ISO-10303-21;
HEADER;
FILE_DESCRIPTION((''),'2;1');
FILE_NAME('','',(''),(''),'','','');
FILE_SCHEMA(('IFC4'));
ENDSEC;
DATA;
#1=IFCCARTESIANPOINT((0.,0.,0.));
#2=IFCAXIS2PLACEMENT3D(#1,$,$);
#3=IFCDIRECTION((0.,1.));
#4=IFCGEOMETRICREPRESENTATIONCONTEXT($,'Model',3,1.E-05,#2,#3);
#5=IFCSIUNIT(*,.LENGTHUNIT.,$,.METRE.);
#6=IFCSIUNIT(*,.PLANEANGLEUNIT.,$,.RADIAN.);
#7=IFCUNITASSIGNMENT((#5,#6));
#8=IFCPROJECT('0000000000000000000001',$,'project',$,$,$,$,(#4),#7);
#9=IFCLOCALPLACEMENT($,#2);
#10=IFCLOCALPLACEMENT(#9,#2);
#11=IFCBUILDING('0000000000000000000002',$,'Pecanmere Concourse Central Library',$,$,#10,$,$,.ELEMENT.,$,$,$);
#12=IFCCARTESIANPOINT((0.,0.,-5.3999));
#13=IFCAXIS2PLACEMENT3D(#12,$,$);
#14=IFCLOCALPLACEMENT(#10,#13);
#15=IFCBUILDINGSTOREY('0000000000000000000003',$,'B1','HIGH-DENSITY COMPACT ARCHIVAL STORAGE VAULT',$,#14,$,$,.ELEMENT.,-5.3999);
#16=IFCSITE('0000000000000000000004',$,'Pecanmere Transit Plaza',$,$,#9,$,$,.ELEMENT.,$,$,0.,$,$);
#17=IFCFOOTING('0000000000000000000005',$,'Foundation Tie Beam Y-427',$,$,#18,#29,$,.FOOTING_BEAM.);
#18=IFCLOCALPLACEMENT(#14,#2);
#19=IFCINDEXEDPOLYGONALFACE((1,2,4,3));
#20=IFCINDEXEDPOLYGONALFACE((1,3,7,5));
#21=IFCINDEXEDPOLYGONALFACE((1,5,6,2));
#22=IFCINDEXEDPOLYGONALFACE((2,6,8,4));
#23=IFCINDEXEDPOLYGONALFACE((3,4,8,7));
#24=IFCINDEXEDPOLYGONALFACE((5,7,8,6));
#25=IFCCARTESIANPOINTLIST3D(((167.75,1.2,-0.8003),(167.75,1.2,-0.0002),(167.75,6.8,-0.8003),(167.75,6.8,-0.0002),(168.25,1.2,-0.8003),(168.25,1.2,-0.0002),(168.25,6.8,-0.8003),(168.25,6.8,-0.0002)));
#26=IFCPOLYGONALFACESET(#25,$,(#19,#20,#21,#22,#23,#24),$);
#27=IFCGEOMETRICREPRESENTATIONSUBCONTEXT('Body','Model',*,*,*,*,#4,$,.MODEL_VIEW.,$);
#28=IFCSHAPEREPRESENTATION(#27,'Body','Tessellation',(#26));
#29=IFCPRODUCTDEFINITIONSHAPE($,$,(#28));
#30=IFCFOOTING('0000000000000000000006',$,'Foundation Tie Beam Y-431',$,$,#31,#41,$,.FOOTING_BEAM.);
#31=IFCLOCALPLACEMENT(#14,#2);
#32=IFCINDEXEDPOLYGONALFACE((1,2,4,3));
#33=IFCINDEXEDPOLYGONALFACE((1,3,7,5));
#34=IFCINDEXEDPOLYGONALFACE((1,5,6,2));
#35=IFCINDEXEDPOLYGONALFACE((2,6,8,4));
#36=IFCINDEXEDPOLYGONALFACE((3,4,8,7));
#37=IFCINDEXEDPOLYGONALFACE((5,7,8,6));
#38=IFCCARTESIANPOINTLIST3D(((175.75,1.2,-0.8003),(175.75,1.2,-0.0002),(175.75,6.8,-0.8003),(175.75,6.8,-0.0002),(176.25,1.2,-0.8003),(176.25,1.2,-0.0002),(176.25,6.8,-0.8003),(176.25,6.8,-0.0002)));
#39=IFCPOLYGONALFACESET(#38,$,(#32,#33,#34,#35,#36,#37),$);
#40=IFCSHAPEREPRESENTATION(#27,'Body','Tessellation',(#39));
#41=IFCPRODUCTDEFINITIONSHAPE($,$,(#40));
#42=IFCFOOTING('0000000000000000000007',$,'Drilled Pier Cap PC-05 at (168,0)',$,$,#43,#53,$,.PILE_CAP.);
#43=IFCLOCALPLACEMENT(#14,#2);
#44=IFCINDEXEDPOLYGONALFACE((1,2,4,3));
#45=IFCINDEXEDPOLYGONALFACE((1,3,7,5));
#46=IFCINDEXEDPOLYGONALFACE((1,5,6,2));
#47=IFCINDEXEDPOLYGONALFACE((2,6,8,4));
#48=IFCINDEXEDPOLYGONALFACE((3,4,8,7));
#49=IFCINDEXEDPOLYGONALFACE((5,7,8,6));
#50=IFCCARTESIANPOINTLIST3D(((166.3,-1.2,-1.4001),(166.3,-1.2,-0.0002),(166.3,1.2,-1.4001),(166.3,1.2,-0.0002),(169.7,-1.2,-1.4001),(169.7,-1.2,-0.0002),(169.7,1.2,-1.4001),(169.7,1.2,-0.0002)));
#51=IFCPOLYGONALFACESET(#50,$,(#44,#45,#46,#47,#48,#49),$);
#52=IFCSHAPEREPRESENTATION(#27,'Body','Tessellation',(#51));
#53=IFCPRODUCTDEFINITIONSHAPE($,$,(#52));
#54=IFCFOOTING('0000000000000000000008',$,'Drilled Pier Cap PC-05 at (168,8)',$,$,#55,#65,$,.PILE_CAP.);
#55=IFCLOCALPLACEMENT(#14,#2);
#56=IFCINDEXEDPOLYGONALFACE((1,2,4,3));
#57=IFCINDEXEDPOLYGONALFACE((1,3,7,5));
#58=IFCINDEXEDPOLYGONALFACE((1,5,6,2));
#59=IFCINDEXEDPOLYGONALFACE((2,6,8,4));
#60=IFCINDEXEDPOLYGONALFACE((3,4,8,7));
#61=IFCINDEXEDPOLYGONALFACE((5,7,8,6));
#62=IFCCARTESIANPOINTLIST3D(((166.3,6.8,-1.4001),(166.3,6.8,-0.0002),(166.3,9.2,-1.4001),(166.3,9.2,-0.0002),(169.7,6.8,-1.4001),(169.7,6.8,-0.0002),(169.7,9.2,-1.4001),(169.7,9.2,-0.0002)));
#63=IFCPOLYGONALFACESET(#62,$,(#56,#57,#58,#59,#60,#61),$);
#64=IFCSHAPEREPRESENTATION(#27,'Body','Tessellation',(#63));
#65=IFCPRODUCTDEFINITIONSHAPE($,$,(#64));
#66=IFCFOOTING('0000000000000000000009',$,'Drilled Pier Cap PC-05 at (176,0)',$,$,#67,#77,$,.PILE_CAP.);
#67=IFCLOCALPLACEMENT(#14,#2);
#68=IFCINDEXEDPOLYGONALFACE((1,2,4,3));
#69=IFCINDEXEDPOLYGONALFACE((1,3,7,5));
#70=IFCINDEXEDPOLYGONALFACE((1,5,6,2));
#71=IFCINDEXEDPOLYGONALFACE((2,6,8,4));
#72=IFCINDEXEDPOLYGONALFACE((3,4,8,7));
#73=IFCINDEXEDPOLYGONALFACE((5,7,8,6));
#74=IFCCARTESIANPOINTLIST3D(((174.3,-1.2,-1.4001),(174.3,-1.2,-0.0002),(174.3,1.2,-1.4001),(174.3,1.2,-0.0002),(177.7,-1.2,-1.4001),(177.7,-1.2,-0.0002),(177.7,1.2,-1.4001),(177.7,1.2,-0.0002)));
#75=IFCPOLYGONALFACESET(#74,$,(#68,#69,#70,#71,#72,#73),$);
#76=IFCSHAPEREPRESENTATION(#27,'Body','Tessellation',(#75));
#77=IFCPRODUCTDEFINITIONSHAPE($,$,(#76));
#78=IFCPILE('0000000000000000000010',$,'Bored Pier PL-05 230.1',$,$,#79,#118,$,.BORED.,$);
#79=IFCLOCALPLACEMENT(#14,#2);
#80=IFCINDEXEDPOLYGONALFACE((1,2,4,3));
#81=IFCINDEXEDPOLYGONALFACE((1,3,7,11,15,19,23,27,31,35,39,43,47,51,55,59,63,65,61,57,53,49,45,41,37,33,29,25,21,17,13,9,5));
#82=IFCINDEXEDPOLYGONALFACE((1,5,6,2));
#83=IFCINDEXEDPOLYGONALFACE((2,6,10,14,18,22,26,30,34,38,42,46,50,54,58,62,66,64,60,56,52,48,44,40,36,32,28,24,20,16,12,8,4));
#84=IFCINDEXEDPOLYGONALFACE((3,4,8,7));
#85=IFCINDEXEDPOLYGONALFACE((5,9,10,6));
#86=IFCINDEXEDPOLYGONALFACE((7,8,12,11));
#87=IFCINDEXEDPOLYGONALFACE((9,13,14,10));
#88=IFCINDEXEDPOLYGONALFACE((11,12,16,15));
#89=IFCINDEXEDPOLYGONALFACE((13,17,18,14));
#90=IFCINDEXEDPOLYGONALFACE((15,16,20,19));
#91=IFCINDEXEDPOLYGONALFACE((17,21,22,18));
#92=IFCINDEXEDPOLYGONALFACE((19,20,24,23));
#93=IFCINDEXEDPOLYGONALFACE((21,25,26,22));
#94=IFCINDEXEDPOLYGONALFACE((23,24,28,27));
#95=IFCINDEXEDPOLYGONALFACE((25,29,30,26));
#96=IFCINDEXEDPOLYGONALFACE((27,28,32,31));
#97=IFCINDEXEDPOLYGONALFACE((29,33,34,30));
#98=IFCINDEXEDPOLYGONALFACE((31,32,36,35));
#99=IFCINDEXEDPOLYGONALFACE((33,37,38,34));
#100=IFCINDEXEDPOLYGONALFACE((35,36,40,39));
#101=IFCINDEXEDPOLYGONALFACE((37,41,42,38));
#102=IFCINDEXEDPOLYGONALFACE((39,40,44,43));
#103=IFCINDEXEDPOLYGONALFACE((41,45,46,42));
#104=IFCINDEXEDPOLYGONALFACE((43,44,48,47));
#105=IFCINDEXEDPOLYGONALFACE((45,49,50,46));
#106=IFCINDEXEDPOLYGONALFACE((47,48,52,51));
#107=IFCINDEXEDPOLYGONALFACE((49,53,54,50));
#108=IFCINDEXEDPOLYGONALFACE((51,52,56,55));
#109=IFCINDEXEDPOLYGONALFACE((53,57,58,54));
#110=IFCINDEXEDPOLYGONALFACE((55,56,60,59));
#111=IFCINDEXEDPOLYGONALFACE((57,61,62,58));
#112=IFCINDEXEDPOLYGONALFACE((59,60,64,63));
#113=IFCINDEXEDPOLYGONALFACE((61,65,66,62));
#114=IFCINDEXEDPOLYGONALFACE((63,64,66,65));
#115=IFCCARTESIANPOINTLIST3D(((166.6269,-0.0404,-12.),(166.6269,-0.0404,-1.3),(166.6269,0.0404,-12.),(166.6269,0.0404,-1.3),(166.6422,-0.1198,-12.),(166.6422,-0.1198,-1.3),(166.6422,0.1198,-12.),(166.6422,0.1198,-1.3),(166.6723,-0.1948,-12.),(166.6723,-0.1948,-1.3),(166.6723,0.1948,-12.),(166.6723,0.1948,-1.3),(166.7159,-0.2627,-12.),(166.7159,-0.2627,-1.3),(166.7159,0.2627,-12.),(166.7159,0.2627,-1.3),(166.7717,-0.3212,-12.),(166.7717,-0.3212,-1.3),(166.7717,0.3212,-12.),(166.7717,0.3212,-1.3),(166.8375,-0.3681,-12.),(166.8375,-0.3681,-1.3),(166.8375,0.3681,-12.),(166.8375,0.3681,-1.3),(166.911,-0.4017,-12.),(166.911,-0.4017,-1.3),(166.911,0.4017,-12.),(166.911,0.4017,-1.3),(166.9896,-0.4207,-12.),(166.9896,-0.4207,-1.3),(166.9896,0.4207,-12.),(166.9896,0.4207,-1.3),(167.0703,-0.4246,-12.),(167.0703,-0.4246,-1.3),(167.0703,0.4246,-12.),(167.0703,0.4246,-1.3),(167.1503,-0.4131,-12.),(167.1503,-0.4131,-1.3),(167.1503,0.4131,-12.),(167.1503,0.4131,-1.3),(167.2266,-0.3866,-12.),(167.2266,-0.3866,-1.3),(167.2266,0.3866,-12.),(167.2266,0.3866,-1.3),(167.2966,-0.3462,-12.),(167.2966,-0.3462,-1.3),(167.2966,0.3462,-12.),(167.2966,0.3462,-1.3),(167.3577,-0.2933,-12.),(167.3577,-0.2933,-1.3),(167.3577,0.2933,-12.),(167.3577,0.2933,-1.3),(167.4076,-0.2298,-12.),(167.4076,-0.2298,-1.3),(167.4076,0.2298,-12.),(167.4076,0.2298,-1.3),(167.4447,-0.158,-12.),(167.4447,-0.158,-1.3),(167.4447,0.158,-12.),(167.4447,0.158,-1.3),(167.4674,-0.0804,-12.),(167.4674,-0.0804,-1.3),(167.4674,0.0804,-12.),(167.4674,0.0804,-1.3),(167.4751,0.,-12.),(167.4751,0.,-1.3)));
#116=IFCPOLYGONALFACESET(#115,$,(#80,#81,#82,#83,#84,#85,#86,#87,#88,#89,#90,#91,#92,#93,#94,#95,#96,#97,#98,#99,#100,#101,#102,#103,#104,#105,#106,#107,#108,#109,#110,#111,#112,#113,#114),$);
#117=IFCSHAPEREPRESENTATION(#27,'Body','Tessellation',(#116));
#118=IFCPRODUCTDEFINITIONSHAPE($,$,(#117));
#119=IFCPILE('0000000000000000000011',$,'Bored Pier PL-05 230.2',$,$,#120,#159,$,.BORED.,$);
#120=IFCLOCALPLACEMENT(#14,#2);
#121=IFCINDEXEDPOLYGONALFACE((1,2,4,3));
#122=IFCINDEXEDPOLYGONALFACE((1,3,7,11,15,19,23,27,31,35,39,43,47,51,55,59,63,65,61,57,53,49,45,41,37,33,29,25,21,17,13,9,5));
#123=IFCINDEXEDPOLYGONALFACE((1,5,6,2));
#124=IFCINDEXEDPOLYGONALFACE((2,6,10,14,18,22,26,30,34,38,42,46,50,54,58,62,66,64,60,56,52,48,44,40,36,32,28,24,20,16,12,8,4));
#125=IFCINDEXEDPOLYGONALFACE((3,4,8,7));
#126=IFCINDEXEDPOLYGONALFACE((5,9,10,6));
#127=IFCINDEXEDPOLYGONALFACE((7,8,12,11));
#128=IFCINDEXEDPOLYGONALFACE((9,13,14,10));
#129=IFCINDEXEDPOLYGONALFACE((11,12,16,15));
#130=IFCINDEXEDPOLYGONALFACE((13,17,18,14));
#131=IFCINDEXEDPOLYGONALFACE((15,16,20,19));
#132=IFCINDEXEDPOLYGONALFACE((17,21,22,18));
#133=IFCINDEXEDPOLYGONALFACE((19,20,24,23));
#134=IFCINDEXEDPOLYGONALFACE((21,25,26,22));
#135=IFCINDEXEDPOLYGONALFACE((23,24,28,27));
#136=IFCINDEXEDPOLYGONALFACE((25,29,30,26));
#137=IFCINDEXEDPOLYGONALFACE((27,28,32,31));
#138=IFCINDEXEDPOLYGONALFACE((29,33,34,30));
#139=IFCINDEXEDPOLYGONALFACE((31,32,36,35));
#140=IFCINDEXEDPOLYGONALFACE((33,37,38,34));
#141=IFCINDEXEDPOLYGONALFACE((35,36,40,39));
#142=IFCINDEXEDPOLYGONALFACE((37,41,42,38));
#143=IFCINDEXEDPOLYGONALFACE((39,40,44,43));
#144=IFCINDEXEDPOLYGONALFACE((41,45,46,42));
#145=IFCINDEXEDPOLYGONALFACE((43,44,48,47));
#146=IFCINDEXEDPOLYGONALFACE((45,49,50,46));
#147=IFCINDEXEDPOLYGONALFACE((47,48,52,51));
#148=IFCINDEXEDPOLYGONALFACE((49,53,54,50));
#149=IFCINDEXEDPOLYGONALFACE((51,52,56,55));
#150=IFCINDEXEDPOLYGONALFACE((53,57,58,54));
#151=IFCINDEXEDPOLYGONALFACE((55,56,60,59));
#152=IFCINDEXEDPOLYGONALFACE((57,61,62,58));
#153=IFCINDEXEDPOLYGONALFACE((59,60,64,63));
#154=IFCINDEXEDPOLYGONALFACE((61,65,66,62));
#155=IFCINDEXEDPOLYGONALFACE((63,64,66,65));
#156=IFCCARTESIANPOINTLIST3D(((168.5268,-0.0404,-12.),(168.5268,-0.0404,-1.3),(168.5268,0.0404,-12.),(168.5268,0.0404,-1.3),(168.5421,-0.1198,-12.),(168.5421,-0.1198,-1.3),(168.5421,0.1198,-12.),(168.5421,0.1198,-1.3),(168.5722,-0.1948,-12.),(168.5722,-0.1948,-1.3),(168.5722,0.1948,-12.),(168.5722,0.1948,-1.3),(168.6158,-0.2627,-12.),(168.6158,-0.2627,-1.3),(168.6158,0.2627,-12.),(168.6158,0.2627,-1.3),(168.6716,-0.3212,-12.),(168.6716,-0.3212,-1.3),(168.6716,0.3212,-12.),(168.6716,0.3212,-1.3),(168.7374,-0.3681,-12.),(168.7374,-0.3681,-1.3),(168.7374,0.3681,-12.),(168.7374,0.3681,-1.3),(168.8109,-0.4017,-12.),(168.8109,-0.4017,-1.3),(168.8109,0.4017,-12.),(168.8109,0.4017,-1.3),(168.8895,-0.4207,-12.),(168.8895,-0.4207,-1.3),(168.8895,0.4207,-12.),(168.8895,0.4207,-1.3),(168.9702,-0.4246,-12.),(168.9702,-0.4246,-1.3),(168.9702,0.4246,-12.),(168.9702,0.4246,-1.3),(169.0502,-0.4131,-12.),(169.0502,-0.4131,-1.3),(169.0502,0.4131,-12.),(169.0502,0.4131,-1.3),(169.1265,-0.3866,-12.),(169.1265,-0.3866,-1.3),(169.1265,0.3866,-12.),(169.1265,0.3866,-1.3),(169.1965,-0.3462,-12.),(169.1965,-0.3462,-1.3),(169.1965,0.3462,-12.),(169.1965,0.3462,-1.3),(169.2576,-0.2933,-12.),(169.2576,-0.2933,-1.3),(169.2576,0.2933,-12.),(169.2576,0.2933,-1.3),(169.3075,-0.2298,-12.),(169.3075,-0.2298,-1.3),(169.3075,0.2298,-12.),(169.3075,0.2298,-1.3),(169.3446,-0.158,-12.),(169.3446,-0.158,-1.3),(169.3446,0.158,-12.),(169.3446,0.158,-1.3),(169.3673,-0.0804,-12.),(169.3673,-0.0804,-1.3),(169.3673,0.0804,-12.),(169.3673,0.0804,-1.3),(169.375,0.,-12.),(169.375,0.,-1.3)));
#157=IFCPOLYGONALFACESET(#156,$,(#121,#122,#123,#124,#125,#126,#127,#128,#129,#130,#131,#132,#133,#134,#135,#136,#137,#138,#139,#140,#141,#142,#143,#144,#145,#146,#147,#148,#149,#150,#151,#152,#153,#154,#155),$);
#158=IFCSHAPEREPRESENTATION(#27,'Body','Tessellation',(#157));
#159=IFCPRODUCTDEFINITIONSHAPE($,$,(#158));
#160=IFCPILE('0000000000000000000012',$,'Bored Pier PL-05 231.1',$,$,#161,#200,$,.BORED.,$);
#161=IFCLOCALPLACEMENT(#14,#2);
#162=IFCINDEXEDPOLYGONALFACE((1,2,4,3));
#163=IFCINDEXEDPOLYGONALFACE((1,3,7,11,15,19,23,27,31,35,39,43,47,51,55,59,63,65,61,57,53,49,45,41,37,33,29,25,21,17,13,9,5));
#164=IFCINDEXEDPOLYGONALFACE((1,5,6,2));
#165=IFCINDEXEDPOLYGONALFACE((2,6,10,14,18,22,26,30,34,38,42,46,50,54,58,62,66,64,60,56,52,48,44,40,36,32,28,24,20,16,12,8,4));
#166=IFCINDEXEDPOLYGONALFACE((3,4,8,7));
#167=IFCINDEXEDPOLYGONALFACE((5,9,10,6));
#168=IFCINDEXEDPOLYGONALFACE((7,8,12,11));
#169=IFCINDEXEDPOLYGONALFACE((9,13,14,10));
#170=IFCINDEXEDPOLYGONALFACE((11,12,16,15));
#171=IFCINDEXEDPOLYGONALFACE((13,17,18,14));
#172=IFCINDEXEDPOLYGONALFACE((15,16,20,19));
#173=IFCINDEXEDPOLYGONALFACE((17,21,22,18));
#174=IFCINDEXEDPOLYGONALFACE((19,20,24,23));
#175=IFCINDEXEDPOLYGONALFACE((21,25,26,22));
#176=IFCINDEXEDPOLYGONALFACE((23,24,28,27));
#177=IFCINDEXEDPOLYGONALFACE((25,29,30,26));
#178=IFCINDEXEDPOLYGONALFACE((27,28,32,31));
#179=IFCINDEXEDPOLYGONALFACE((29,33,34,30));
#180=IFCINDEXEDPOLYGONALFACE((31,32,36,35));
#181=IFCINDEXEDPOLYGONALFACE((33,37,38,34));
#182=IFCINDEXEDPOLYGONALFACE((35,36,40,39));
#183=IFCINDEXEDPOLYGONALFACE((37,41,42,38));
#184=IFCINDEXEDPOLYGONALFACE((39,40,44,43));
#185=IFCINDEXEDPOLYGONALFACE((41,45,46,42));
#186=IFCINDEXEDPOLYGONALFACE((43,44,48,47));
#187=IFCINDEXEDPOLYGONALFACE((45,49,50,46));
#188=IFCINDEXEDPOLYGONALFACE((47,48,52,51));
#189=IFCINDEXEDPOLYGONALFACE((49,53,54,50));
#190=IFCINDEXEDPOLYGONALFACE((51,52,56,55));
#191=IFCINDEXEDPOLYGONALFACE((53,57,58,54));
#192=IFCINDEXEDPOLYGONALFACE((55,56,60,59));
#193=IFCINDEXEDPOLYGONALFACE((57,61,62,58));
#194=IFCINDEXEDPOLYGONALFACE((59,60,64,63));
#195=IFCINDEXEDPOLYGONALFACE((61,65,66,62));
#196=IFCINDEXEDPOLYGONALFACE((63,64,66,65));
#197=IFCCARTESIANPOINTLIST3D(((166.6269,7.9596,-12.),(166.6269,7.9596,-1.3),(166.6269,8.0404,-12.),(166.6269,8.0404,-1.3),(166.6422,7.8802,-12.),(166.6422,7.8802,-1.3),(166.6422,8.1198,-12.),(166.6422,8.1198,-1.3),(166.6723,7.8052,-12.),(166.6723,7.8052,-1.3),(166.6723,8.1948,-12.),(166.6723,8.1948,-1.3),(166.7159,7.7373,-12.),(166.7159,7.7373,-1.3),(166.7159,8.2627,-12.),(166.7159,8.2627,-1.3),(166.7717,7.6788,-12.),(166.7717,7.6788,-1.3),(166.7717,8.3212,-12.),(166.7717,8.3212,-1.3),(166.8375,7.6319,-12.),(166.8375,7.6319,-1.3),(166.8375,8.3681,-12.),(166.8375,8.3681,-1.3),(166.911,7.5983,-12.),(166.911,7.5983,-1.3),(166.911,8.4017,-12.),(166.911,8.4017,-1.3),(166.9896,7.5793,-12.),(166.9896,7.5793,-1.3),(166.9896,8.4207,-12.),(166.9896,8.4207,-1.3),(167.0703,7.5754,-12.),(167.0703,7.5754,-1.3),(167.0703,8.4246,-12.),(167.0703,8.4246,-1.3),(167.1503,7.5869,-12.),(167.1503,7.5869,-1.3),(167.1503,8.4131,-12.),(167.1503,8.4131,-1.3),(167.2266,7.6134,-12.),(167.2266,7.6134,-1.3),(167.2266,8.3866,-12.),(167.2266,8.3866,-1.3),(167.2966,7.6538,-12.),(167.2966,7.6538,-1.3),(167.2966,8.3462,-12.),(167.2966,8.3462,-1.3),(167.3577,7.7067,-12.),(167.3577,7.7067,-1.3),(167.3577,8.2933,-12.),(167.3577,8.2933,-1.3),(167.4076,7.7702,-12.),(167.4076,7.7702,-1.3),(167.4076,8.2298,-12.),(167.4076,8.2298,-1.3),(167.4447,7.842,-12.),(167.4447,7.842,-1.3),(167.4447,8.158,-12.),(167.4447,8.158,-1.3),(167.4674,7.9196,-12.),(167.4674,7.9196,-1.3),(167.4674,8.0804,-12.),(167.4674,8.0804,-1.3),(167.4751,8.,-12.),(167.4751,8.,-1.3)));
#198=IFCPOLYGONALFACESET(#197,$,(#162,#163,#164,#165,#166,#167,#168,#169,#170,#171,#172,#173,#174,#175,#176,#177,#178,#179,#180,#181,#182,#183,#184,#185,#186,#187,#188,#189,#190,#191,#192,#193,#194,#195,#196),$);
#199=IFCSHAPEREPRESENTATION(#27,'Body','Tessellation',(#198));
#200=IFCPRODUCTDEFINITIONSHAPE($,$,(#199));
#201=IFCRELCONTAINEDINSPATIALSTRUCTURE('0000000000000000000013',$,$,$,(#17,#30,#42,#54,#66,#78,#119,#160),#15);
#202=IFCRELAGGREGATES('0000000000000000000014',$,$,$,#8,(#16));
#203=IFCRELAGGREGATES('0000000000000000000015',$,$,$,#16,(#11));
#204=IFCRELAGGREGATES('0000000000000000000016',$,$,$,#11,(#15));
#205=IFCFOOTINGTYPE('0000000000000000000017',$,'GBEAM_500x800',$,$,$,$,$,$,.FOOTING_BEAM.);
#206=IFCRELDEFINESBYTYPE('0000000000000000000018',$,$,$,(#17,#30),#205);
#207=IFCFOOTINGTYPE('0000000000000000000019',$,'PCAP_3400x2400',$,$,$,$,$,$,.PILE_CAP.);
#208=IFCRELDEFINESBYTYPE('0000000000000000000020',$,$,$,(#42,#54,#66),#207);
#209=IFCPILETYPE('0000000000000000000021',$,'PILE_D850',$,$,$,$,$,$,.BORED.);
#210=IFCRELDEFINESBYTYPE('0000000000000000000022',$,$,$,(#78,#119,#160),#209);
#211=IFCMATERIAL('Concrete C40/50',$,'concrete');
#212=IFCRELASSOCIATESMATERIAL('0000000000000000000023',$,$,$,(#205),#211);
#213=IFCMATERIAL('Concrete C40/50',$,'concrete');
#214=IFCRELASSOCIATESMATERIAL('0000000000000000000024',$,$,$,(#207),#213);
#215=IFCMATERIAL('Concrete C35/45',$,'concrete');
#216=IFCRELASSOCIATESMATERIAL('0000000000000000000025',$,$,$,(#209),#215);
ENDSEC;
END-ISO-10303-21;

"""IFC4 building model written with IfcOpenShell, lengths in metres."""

from ifc_helpers import new_model, si_unit, direction, frame, origin, origin_2d, place, context, subcontext, project, spatial, rectangle, circle, extrude, material, material_profile, profile_set, type_object, element, save


model = new_model("IFC4")

# Units and contexts
model_context = context("Model", 3, precision=1e-05, world=origin(), true_north=direction((0.0, 1.0)))
body_context = subcontext(model_context, "Body", "Model", "MODEL_VIEW")
ifc_project = project(units=[si_unit("LENGTHUNIT", "METRE"), si_unit("PLANEANGLEUNIT", "RADIAN")], contexts=[model_context])

# Site, building, storey
site_placement = place(None, origin())
site = spatial("IfcSite", under=ifc_project, at=site_placement, Name="Pecanmere Transit Plaza", CompositionType="ELEMENT", RefElevation=0.0)
building_placement = place(site_placement, origin())
building = spatial("IfcBuilding", under=site, at=building_placement, Name="Pecanmere Concourse Central Library", CompositionType="ELEMENT")
storey_placement = place(building_placement, frame((0.0, 0.0, -5.3999)))
storey = spatial("IfcBuildingStorey", under=building, at=storey_placement, Name="B1", Description="HIGH-DENSITY COMPACT ARCHIVAL STORAGE VAULT", CompositionType="ELEMENT", Elevation=-5.3999)

# Footings
ifc_material_1 = material(Name="Concrete C40/50", Category="concrete")
ifc_material_profile_1 = material_profile(ifc_material_1, rectangle(XDim=0.5, YDim=0.8, at=origin_2d()), Name="RC 500x800")
ifc_profile_set_1 = profile_set([ifc_material_profile_1], Name="Concrete C40/50")
footing_type_1 = type_object("IfcFootingType", Name="GBEAM_500x800", PredefinedType="FOOTING_BEAM", material=ifc_profile_set_1)
for number, where, z_axis, x_axis, name in (
    (1, (168.0, 4.0, -0.8003), (0.0, 0.0, 1.0), (0.0, 1.0, 0.0), "Foundation Tie Beam Y-427"),
    (2, (176.0, 4.0, -0.8003), (0.0, 0.0, 1.0), (0.0, 1.0, 0.0), "Foundation Tie Beam Y-431"),
):
    element("IfcFooting", number, at=place(storey_placement, frame(where, z_axis=z_axis, x_axis=x_axis)), inside=storey, type_object=footing_type_1, Name=name, PredefinedType="FOOTING_BEAM", context=body_context, shape_type="SweptSolid", body=[
        extrude(rectangle(XDim=5.6001, YDim=0.5, at=origin_2d()), origin(), (0.0, 0.0, 1.0), 0.8),
    ])
ifc_material_2 = material(Name="Concrete C40/50", Category="concrete")
footing_type_2 = type_object("IfcFootingType", Name="PCAP_3400x2400", PredefinedType="PILE_CAP", material=ifc_material_2)
for number, where, z_axis, x_axis, name in (
    (3, (168.0, 0.0, -1.4001), (0.0, 0.0, 1.0), (1.0, 0.0, 0.0), "Drilled Pier Cap PC-05 at (168,0)"),
    (4, (168.0, 8.0, -1.4001), (0.0, 0.0, 1.0), (1.0, 0.0, 0.0), "Drilled Pier Cap PC-05 at (168,8)"),
    (5, (176.0, 0.0, -1.4001), (0.0, 0.0, 1.0), (1.0, 0.0, 0.0), "Drilled Pier Cap PC-05 at (176,0)"),
):
    element("IfcFooting", number, at=place(storey_placement, frame(where, z_axis=z_axis, x_axis=x_axis)), inside=storey, type_object=footing_type_2, Name=name, PredefinedType="PILE_CAP", context=body_context, shape_type="SweptSolid", body=[
        extrude(rectangle(XDim=3.3999, YDim=2.3999, at=origin_2d()), origin(), (0.0, 0.0, 1.0), 1.3999),
    ])

# Piles
ifc_material_3 = material(Name="Concrete C35/45", Category="concrete")
ifc_material_profile_2 = material_profile(ifc_material_3, circle(Radius=0.425, at=origin_2d()), Name="PIER D850")
ifc_profile_set_2 = profile_set([ifc_material_profile_2], Name="Concrete C35/45")
pile_type = type_object("IfcPileType", Name="PILE_D850", PredefinedType="BORED", material=ifc_profile_set_2)
for number, where, z_axis, x_axis, name in (
    (6, (167.05, 0.0, -1.3), (0.0, 0.0, -1.0), (1.0, 0.0, 0.0), "Bored Pier PL-05 230.1"),
    (7, (168.95, 0.0, -1.3), (0.0, 0.0, -1.0), (1.0, 0.0, 0.0), "Bored Pier PL-05 230.2"),
    (8, (167.05, 8.0, -1.3), (0.0, 0.0, -1.0), (1.0, 0.0, 0.0), "Bored Pier PL-05 231.1"),
):
    element("IfcPile", number, at=place(storey_placement, frame(where, z_axis=z_axis, x_axis=x_axis)), inside=storey, type_object=pile_type, Name=name, PredefinedType="BORED", context=body_context, shape_type="SweptSolid", body=[
        extrude(circle(Radius=0.425, at=origin_2d()), origin(), (0.0, 0.0, 1.0), 10.7),
    ])

save(model, "model.ifc")
